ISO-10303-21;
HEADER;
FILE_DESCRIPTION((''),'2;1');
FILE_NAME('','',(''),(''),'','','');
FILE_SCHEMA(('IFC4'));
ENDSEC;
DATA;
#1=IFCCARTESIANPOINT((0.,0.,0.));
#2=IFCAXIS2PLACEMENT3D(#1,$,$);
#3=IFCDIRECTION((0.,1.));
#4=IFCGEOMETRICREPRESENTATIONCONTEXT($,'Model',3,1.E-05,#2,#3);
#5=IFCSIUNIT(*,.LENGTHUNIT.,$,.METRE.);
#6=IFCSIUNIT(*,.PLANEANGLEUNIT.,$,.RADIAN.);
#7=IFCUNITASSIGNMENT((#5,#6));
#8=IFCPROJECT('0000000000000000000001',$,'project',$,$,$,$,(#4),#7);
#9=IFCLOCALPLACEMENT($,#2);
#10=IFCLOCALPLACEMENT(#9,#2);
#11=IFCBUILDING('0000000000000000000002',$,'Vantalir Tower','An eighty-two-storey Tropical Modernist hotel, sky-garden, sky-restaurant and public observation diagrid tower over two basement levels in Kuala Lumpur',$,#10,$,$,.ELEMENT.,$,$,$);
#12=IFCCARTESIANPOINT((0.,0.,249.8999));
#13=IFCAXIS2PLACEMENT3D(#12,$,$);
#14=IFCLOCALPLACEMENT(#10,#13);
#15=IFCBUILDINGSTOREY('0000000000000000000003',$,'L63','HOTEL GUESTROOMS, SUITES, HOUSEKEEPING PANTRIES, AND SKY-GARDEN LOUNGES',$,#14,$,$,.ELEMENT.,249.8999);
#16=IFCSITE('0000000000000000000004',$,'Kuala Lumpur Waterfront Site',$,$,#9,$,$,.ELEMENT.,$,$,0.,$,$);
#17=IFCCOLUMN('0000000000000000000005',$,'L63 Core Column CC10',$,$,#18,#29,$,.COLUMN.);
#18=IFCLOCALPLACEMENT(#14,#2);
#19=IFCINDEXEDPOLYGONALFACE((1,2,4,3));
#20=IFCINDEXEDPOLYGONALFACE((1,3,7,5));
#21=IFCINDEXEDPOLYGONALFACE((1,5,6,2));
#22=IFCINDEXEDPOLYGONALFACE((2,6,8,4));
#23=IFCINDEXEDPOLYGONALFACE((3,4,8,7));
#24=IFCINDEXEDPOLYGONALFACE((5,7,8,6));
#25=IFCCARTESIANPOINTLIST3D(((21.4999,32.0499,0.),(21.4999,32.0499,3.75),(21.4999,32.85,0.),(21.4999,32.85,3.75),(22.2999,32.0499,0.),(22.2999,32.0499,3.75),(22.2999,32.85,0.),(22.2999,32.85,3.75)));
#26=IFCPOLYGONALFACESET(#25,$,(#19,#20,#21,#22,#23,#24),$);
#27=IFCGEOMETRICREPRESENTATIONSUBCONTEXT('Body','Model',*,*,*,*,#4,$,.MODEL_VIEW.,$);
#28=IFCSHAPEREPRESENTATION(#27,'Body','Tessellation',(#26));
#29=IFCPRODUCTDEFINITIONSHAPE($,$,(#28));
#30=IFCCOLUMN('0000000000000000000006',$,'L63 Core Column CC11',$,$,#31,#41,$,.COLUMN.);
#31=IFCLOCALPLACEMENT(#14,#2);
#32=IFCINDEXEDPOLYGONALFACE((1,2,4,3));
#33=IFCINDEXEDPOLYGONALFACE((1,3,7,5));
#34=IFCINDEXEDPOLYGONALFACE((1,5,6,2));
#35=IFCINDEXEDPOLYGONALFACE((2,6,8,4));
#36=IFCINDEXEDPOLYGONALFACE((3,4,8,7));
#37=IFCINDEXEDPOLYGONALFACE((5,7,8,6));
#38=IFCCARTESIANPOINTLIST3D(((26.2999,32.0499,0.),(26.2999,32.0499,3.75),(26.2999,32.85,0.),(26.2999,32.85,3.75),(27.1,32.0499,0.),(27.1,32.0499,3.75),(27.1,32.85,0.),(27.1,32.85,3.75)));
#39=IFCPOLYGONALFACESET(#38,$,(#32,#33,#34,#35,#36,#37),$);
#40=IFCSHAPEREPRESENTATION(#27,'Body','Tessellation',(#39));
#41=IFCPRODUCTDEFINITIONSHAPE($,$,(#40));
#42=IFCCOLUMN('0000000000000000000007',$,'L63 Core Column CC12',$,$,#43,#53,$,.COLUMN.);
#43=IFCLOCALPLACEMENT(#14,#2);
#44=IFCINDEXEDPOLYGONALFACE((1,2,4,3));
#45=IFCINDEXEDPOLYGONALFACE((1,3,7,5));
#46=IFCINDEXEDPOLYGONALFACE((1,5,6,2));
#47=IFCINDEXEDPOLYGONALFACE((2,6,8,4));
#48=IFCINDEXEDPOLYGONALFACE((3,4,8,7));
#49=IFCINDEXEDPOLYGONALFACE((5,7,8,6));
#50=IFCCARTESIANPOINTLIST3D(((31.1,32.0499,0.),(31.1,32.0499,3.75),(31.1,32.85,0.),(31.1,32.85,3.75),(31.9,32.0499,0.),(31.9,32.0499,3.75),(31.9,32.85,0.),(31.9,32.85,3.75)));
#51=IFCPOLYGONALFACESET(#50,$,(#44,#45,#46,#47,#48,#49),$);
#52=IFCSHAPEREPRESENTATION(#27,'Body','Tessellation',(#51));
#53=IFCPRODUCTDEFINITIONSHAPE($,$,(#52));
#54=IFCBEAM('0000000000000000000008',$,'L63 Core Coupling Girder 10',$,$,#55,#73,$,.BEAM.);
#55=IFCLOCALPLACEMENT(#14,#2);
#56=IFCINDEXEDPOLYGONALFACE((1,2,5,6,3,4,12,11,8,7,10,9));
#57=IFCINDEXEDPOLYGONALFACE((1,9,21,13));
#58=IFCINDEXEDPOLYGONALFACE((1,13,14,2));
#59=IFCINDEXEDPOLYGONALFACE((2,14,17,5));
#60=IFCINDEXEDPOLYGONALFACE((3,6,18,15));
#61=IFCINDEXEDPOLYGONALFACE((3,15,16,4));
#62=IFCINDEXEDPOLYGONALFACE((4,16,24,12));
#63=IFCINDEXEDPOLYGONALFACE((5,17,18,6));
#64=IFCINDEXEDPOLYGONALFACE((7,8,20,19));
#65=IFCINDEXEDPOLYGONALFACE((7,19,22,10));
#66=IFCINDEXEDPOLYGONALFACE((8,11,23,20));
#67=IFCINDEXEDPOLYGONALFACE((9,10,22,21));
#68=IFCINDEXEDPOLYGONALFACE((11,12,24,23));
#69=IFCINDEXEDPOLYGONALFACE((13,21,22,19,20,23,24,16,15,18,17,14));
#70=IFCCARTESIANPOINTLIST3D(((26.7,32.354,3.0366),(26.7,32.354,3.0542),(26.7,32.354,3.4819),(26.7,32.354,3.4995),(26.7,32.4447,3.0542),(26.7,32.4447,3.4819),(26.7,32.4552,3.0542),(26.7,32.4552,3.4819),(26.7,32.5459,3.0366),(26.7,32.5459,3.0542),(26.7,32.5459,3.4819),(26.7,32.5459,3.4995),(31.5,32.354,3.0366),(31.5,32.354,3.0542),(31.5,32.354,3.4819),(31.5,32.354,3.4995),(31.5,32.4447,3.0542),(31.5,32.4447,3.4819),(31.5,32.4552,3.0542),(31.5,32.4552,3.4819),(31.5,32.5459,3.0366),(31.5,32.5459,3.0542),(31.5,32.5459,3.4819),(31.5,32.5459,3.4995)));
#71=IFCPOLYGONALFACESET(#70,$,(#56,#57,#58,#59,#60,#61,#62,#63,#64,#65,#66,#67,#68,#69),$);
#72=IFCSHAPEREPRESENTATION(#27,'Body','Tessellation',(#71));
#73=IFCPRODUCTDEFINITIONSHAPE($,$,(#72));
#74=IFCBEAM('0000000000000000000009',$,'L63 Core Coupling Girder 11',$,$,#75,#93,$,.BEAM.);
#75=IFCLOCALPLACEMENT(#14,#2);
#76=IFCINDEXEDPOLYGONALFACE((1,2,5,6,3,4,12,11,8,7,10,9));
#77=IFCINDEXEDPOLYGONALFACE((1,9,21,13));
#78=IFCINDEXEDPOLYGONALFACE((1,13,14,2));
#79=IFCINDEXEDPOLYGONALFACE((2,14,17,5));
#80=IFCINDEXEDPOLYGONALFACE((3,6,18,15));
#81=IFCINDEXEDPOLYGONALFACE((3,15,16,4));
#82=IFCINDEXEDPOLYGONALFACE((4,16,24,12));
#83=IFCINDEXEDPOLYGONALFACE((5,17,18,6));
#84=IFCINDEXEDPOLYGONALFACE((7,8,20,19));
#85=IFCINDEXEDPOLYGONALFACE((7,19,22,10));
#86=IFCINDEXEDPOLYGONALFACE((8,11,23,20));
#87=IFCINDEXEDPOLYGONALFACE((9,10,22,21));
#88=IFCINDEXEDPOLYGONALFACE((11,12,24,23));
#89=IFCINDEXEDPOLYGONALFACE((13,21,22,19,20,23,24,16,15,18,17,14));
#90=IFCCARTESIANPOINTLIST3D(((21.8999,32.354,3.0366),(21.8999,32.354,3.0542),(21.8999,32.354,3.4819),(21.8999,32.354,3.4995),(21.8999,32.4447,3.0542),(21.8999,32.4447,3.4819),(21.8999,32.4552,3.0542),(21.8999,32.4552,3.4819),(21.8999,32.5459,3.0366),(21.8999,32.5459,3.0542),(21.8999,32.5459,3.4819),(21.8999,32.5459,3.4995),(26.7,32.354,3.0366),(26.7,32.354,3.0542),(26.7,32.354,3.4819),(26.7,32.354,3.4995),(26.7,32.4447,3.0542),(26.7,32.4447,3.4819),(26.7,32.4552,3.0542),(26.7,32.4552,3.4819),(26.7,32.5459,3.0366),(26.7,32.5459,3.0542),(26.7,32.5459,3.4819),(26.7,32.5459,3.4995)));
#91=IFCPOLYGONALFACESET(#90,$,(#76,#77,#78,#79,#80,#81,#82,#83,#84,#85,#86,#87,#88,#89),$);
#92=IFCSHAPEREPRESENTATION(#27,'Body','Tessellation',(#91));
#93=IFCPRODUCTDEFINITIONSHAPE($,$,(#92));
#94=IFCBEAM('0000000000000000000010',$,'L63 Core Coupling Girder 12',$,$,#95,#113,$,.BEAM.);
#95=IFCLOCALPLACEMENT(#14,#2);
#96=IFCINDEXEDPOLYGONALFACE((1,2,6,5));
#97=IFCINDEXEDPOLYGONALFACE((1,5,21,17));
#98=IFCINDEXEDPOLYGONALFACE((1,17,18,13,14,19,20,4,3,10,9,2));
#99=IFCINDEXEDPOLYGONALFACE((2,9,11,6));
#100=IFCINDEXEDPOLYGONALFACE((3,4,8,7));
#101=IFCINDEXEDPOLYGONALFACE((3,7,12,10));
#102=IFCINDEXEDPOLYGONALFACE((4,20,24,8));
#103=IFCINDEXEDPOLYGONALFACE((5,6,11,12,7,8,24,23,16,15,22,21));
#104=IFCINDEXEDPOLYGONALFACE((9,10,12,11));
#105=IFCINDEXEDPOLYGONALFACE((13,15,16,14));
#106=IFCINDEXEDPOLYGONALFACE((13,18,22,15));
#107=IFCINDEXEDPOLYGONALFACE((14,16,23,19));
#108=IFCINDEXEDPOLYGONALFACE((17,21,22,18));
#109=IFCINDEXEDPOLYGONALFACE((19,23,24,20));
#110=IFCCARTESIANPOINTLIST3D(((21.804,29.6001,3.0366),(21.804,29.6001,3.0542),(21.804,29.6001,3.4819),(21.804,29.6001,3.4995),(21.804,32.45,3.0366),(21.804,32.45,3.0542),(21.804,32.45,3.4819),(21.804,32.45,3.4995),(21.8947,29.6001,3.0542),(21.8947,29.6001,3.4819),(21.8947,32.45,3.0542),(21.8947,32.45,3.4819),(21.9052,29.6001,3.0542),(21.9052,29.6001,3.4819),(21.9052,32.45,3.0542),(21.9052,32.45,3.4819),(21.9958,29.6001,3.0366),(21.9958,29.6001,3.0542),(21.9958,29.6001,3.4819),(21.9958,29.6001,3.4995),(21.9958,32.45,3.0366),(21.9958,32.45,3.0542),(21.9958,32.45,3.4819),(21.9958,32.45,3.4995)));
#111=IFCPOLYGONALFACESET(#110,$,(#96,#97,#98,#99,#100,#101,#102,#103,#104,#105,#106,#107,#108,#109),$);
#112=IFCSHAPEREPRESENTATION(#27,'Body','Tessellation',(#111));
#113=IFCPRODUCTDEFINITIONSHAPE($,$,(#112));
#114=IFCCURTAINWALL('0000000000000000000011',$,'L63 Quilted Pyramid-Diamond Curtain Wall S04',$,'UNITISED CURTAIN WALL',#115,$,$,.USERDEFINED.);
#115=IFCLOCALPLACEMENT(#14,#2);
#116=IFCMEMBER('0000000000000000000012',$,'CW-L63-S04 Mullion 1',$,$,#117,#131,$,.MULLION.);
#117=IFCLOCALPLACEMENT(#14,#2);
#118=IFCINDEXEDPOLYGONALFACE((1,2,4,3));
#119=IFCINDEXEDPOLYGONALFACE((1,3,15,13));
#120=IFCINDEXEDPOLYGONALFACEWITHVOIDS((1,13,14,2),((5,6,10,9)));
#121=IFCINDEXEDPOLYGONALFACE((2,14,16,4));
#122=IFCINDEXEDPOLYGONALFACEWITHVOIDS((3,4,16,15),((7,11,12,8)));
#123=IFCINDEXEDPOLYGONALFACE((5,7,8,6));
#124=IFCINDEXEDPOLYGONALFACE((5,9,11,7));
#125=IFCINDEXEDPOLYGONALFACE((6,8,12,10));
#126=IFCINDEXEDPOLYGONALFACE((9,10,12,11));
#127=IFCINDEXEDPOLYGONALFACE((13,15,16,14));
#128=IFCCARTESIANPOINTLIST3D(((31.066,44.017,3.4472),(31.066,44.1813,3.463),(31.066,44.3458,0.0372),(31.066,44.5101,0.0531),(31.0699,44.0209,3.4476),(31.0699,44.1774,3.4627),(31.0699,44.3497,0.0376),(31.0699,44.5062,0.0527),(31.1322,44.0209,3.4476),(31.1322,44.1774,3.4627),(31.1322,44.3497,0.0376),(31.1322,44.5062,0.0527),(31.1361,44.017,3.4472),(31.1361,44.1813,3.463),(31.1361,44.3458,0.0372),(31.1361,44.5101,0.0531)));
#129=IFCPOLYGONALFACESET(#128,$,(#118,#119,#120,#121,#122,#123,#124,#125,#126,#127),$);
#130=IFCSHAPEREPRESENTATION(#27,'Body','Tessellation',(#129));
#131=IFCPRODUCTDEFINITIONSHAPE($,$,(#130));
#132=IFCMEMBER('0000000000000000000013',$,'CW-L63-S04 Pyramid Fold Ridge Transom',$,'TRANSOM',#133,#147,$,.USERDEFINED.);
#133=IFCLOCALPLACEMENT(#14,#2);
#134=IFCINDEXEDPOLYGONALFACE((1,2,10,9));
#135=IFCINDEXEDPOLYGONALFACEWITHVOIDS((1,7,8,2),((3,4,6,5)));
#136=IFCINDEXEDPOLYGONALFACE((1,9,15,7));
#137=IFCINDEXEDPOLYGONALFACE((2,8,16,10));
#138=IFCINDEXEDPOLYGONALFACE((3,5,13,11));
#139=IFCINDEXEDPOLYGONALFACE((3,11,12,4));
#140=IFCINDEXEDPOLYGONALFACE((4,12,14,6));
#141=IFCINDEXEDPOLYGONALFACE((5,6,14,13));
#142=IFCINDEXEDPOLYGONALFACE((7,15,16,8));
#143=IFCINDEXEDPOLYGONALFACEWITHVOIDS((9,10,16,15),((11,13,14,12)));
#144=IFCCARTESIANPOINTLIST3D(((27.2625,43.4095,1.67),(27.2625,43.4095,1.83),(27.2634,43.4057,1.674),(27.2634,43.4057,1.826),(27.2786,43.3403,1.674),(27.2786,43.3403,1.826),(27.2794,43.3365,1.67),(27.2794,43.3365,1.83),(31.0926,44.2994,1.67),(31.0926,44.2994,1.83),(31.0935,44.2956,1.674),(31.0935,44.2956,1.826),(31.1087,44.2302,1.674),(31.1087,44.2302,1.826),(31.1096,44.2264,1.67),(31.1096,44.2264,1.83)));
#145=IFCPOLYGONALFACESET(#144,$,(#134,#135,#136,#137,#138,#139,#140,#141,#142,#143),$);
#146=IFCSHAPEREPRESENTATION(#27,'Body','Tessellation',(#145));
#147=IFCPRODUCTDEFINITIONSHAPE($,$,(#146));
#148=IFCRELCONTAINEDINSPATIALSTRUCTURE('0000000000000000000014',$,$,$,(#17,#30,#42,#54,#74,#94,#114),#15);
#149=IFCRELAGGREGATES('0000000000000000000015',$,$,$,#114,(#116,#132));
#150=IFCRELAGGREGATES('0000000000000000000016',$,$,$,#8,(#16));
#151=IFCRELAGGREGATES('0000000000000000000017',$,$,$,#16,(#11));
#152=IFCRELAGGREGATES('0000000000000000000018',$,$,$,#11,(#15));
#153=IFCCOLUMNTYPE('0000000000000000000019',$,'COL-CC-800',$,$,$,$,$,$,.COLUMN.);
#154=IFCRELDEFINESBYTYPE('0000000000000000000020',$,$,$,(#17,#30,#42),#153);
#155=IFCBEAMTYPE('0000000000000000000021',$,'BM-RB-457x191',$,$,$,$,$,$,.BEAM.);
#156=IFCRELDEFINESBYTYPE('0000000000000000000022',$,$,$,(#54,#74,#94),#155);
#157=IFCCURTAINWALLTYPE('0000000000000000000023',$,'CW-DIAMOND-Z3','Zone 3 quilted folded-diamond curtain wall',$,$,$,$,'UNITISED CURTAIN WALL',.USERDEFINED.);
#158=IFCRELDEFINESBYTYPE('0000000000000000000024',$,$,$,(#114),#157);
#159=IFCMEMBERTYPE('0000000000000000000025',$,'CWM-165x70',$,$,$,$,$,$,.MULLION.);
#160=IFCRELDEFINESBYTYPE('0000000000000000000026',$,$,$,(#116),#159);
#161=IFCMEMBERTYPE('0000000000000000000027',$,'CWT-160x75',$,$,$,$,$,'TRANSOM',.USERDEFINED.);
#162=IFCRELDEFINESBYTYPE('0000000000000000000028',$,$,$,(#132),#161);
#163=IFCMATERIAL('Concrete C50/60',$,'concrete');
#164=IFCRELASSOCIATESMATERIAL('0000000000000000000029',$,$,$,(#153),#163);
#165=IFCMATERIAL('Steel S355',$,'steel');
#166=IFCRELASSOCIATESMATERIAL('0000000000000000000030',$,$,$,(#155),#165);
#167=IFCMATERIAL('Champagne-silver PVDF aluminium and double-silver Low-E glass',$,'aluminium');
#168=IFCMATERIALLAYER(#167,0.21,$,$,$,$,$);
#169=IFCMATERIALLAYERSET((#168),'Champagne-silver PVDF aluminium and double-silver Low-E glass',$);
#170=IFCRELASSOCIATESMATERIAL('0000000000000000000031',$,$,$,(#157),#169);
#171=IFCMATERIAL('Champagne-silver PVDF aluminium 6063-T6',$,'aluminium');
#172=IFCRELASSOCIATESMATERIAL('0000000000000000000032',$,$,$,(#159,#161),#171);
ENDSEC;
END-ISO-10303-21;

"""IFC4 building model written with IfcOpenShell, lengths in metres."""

from ifc_helpers import new_model, si_unit, direction, frame, origin, origin_2d, place, context, subcontext, project, spatial, rectangle, hollow_rectangle, i_section, extrude, material, layer, layer_set, material_profile, profile_set, type_object, element, aggregate, save


model = new_model("IFC4")

# Units and contexts
model_context = context("Model", 3, precision=1e-05, world=origin(), true_north=direction((0.0, 1.0)))
body_context = subcontext(model_context, "Body", "Model", "MODEL_VIEW")
ifc_project = project(units=[si_unit("LENGTHUNIT", "METRE"), si_unit("PLANEANGLEUNIT", "RADIAN")], contexts=[model_context])

# Site, building, storey
site_placement = place(None, origin())
site = spatial("IfcSite", under=ifc_project, at=site_placement, Name="Kuala Lumpur Waterfront Site", CompositionType="ELEMENT", RefElevation=0.0)
building_placement = place(site_placement, origin())
building = spatial("IfcBuilding", under=site, at=building_placement, Name="Vantalir Tower", Description="An eighty-two-storey Tropical Modernist hotel, sky-garden, sky-restaurant and public observation diagrid tower over two basement levels in Kuala Lumpur", CompositionType="ELEMENT")
storey_placement = place(building_placement, frame((0.0, 0.0, 249.8999)))
storey = spatial("IfcBuildingStorey", under=building, at=storey_placement, Name="L63", Description="HOTEL GUESTROOMS, SUITES, HOUSEKEEPING PANTRIES, AND SKY-GARDEN LOUNGES", CompositionType="ELEMENT", Elevation=249.8999)

# Columns
ifc_material_1 = material(Name="Concrete C50/60", Category="concrete")
ifc_material_profile_1 = material_profile(ifc_material_1, rectangle(XDim=0.8, YDim=0.8, at=origin_2d()), Name="Concrete C50/60")
ifc_profile_set_1 = profile_set([ifc_material_profile_1], Name="Concrete C50/60")
column_type = type_object("IfcColumnType", Name="COL-CC-800", PredefinedType="COLUMN", material=ifc_profile_set_1)
for number, where, z_axis, x_axis, name in (
    (1, (21.8999, 32.45, 0.0), (0.0, 0.0, 1.0), (1.0, 0.0, 0.0), "L63 Core Column CC10"),
    (2, (26.7, 32.45, 0.0), (0.0, 0.0, 1.0), (1.0, 0.0, 0.0), "L63 Core Column CC11"),
    (3, (31.5, 32.45, 0.0), (0.0, 0.0, 1.0), (1.0, 0.0, 0.0), "L63 Core Column CC12"),
):
    element("IfcColumn", number, at=place(storey_placement, frame(where, z_axis=z_axis, x_axis=x_axis)), inside=storey, type_object=column_type, Name=name, PredefinedType="COLUMN", context=body_context, shape_type="SweptSolid", body=[
        extrude(rectangle(XDim=0.8, YDim=0.8, at=origin_2d()), origin(), (0.0, 0.0, 1.0), 3.75),
    ])

# Beams
ifc_material_2 = material(Name="Steel S355", Category="steel")
ifc_material_profile_2 = material_profile(ifc_material_2, i_section(OverallWidth=0.1919, OverallDepth=0.4629, WebThickness=0.0105, FlangeThickness=0.0176, at=origin_2d()), Name="Steel S355")
ifc_profile_set_2 = profile_set([ifc_material_profile_2], Name="Steel S355")
beam_type = type_object("IfcBeamType", Name="BM-RB-457x191", PredefinedType="BEAM", material=ifc_profile_set_2)
for number, where, z_axis, x_axis, name in (
    (4, (31.5, 32.45, 3.2681), (-1.0, 0.0, 0.0), (0.0, -1.0, 0.0), "L63 Core Coupling Girder 10"),
    (5, (26.7, 32.45, 3.2681), (-1.0, 0.0, 0.0), (0.0, -1.0, 0.0), "L63 Core Coupling Girder 11"),
):
    element("IfcBeam", number, at=place(storey_placement, frame(where, z_axis=z_axis, x_axis=x_axis)), inside=storey, type_object=beam_type, Name=name, PredefinedType="BEAM", context=body_context, shape_type="SweptSolid", body=[
        extrude(i_section(OverallWidth=0.1919, OverallDepth=0.4629, WebThickness=0.0105, FlangeThickness=0.0176, at=origin_2d()), origin(), (0.0, 0.0, 1.0), 4.8),
    ])
beam_placement = place(storey_placement, frame((21.8999, 32.45, 3.2681), z_axis=(0.0, -1.0, 0.0), x_axis=(1.0, 0.0, 0.0)))
element("IfcBeam", 6, at=beam_placement, inside=storey, type_object=beam_type, Name="L63 Core Coupling Girder 12", PredefinedType="BEAM", context=body_context, shape_type="SweptSolid", body=[
    extrude(i_section(OverallWidth=0.1919, OverallDepth=0.4629, WebThickness=0.0105, FlangeThickness=0.0176, at=origin_2d()), origin(), (0.0, 0.0, 1.0), 2.8499),
])

# Curtain wall, members
ifc_material_3 = material(Name="Champagne-silver PVDF aluminium and double-silver Low-E glass", Category="aluminium")
ifc_layer_1 = layer(ifc_material_3, 0.21)
ifc_layer_set_1 = layer_set([ifc_layer_1], Name="Champagne-silver PVDF aluminium and double-silver Low-E glass")
curtain_wall_type = type_object("IfcCurtainWallType", Name="CW-DIAMOND-Z3", Description="Zone 3 quilted folded-diamond curtain wall", ElementType="UNITISED CURTAIN WALL", PredefinedType="USERDEFINED", material=ifc_layer_set_1)
curtain_wall_placement = place(storey_placement, origin())
curtain_wall = element("IfcCurtainWall", 7, at=curtain_wall_placement, inside=storey, type_object=curtain_wall_type, Name="L63 Quilted Pyramid-Diamond Curtain Wall S04", ObjectType="UNITISED CURTAIN WALL", PredefinedType="USERDEFINED")
ifc_material_4 = material(Name="Champagne-silver PVDF aluminium 6063-T6", Category="aluminium")
ifc_material_profile_3 = material_profile(ifc_material_4, hollow_rectangle(XDim=0.0701, YDim=0.165, WallThickness=0.0039, at=origin_2d()), Name="Champagne-silver PVDF aluminium 6063-T6")
ifc_profile_set_3 = profile_set([ifc_material_profile_3], Name="Champagne-silver PVDF aluminium 6063-T6")
member_type_1 = type_object("IfcMemberType", Name="CWM-165x70", PredefinedType="MULLION", material=ifc_profile_set_3)
member_1_placement = place(storey_placement, frame((31.1011, 44.428, 0.0452), z_axis=(0.0, -0.095996, 0.995382), x_axis=(1.0, 0.0, 0.0)))
member_1 = element("IfcMember", 8, at=member_1_placement, type_object=member_type_1, Name="CW-L63-S04 Mullion 1", PredefinedType="MULLION", context=body_context, shape_type="SweptSolid", body=[
    extrude(hollow_rectangle(XDim=0.0701, YDim=0.165, WallThickness=0.0039, at=origin_2d()), origin(), (0.0, 0.0, 1.0), 3.4258),
])
ifc_material_profile_4 = material_profile(ifc_material_4, hollow_rectangle(XDim=0.075, YDim=0.1599, WallThickness=0.0039, at=origin_2d()), Name="Champagne-silver PVDF aluminium 6063-T6")
ifc_profile_set_4 = profile_set([ifc_material_profile_4], Name="Champagne-silver PVDF aluminium 6063-T6")
member_type_2 = type_object("IfcMemberType", Name="CWT-160x75", ElementType="TRANSOM", PredefinedType="USERDEFINED", material=ifc_profile_set_4)
member_2_placement = place(storey_placement, frame((31.1011, 44.2629, 1.75), z_axis=(-0.974054, -0.226315, 0.0), x_axis=(0.226315, -0.974054, 0.0)))
member_2 = element("IfcMember", 9, at=member_2_placement, type_object=member_type_2, Name="CW-L63-S04 Pyramid Fold Ridge Transom", ObjectType="TRANSOM", PredefinedType="USERDEFINED", context=body_context, shape_type="SweptSolid", body=[
    extrude(hollow_rectangle(XDim=0.075, YDim=0.1599, WallThickness=0.0039, at=origin_2d()), origin(), (0.0, 0.0, 1.0), 3.9321),
])

aggregate(curtain_wall, [member_1, member_2])

save(model, "model.ifc")
